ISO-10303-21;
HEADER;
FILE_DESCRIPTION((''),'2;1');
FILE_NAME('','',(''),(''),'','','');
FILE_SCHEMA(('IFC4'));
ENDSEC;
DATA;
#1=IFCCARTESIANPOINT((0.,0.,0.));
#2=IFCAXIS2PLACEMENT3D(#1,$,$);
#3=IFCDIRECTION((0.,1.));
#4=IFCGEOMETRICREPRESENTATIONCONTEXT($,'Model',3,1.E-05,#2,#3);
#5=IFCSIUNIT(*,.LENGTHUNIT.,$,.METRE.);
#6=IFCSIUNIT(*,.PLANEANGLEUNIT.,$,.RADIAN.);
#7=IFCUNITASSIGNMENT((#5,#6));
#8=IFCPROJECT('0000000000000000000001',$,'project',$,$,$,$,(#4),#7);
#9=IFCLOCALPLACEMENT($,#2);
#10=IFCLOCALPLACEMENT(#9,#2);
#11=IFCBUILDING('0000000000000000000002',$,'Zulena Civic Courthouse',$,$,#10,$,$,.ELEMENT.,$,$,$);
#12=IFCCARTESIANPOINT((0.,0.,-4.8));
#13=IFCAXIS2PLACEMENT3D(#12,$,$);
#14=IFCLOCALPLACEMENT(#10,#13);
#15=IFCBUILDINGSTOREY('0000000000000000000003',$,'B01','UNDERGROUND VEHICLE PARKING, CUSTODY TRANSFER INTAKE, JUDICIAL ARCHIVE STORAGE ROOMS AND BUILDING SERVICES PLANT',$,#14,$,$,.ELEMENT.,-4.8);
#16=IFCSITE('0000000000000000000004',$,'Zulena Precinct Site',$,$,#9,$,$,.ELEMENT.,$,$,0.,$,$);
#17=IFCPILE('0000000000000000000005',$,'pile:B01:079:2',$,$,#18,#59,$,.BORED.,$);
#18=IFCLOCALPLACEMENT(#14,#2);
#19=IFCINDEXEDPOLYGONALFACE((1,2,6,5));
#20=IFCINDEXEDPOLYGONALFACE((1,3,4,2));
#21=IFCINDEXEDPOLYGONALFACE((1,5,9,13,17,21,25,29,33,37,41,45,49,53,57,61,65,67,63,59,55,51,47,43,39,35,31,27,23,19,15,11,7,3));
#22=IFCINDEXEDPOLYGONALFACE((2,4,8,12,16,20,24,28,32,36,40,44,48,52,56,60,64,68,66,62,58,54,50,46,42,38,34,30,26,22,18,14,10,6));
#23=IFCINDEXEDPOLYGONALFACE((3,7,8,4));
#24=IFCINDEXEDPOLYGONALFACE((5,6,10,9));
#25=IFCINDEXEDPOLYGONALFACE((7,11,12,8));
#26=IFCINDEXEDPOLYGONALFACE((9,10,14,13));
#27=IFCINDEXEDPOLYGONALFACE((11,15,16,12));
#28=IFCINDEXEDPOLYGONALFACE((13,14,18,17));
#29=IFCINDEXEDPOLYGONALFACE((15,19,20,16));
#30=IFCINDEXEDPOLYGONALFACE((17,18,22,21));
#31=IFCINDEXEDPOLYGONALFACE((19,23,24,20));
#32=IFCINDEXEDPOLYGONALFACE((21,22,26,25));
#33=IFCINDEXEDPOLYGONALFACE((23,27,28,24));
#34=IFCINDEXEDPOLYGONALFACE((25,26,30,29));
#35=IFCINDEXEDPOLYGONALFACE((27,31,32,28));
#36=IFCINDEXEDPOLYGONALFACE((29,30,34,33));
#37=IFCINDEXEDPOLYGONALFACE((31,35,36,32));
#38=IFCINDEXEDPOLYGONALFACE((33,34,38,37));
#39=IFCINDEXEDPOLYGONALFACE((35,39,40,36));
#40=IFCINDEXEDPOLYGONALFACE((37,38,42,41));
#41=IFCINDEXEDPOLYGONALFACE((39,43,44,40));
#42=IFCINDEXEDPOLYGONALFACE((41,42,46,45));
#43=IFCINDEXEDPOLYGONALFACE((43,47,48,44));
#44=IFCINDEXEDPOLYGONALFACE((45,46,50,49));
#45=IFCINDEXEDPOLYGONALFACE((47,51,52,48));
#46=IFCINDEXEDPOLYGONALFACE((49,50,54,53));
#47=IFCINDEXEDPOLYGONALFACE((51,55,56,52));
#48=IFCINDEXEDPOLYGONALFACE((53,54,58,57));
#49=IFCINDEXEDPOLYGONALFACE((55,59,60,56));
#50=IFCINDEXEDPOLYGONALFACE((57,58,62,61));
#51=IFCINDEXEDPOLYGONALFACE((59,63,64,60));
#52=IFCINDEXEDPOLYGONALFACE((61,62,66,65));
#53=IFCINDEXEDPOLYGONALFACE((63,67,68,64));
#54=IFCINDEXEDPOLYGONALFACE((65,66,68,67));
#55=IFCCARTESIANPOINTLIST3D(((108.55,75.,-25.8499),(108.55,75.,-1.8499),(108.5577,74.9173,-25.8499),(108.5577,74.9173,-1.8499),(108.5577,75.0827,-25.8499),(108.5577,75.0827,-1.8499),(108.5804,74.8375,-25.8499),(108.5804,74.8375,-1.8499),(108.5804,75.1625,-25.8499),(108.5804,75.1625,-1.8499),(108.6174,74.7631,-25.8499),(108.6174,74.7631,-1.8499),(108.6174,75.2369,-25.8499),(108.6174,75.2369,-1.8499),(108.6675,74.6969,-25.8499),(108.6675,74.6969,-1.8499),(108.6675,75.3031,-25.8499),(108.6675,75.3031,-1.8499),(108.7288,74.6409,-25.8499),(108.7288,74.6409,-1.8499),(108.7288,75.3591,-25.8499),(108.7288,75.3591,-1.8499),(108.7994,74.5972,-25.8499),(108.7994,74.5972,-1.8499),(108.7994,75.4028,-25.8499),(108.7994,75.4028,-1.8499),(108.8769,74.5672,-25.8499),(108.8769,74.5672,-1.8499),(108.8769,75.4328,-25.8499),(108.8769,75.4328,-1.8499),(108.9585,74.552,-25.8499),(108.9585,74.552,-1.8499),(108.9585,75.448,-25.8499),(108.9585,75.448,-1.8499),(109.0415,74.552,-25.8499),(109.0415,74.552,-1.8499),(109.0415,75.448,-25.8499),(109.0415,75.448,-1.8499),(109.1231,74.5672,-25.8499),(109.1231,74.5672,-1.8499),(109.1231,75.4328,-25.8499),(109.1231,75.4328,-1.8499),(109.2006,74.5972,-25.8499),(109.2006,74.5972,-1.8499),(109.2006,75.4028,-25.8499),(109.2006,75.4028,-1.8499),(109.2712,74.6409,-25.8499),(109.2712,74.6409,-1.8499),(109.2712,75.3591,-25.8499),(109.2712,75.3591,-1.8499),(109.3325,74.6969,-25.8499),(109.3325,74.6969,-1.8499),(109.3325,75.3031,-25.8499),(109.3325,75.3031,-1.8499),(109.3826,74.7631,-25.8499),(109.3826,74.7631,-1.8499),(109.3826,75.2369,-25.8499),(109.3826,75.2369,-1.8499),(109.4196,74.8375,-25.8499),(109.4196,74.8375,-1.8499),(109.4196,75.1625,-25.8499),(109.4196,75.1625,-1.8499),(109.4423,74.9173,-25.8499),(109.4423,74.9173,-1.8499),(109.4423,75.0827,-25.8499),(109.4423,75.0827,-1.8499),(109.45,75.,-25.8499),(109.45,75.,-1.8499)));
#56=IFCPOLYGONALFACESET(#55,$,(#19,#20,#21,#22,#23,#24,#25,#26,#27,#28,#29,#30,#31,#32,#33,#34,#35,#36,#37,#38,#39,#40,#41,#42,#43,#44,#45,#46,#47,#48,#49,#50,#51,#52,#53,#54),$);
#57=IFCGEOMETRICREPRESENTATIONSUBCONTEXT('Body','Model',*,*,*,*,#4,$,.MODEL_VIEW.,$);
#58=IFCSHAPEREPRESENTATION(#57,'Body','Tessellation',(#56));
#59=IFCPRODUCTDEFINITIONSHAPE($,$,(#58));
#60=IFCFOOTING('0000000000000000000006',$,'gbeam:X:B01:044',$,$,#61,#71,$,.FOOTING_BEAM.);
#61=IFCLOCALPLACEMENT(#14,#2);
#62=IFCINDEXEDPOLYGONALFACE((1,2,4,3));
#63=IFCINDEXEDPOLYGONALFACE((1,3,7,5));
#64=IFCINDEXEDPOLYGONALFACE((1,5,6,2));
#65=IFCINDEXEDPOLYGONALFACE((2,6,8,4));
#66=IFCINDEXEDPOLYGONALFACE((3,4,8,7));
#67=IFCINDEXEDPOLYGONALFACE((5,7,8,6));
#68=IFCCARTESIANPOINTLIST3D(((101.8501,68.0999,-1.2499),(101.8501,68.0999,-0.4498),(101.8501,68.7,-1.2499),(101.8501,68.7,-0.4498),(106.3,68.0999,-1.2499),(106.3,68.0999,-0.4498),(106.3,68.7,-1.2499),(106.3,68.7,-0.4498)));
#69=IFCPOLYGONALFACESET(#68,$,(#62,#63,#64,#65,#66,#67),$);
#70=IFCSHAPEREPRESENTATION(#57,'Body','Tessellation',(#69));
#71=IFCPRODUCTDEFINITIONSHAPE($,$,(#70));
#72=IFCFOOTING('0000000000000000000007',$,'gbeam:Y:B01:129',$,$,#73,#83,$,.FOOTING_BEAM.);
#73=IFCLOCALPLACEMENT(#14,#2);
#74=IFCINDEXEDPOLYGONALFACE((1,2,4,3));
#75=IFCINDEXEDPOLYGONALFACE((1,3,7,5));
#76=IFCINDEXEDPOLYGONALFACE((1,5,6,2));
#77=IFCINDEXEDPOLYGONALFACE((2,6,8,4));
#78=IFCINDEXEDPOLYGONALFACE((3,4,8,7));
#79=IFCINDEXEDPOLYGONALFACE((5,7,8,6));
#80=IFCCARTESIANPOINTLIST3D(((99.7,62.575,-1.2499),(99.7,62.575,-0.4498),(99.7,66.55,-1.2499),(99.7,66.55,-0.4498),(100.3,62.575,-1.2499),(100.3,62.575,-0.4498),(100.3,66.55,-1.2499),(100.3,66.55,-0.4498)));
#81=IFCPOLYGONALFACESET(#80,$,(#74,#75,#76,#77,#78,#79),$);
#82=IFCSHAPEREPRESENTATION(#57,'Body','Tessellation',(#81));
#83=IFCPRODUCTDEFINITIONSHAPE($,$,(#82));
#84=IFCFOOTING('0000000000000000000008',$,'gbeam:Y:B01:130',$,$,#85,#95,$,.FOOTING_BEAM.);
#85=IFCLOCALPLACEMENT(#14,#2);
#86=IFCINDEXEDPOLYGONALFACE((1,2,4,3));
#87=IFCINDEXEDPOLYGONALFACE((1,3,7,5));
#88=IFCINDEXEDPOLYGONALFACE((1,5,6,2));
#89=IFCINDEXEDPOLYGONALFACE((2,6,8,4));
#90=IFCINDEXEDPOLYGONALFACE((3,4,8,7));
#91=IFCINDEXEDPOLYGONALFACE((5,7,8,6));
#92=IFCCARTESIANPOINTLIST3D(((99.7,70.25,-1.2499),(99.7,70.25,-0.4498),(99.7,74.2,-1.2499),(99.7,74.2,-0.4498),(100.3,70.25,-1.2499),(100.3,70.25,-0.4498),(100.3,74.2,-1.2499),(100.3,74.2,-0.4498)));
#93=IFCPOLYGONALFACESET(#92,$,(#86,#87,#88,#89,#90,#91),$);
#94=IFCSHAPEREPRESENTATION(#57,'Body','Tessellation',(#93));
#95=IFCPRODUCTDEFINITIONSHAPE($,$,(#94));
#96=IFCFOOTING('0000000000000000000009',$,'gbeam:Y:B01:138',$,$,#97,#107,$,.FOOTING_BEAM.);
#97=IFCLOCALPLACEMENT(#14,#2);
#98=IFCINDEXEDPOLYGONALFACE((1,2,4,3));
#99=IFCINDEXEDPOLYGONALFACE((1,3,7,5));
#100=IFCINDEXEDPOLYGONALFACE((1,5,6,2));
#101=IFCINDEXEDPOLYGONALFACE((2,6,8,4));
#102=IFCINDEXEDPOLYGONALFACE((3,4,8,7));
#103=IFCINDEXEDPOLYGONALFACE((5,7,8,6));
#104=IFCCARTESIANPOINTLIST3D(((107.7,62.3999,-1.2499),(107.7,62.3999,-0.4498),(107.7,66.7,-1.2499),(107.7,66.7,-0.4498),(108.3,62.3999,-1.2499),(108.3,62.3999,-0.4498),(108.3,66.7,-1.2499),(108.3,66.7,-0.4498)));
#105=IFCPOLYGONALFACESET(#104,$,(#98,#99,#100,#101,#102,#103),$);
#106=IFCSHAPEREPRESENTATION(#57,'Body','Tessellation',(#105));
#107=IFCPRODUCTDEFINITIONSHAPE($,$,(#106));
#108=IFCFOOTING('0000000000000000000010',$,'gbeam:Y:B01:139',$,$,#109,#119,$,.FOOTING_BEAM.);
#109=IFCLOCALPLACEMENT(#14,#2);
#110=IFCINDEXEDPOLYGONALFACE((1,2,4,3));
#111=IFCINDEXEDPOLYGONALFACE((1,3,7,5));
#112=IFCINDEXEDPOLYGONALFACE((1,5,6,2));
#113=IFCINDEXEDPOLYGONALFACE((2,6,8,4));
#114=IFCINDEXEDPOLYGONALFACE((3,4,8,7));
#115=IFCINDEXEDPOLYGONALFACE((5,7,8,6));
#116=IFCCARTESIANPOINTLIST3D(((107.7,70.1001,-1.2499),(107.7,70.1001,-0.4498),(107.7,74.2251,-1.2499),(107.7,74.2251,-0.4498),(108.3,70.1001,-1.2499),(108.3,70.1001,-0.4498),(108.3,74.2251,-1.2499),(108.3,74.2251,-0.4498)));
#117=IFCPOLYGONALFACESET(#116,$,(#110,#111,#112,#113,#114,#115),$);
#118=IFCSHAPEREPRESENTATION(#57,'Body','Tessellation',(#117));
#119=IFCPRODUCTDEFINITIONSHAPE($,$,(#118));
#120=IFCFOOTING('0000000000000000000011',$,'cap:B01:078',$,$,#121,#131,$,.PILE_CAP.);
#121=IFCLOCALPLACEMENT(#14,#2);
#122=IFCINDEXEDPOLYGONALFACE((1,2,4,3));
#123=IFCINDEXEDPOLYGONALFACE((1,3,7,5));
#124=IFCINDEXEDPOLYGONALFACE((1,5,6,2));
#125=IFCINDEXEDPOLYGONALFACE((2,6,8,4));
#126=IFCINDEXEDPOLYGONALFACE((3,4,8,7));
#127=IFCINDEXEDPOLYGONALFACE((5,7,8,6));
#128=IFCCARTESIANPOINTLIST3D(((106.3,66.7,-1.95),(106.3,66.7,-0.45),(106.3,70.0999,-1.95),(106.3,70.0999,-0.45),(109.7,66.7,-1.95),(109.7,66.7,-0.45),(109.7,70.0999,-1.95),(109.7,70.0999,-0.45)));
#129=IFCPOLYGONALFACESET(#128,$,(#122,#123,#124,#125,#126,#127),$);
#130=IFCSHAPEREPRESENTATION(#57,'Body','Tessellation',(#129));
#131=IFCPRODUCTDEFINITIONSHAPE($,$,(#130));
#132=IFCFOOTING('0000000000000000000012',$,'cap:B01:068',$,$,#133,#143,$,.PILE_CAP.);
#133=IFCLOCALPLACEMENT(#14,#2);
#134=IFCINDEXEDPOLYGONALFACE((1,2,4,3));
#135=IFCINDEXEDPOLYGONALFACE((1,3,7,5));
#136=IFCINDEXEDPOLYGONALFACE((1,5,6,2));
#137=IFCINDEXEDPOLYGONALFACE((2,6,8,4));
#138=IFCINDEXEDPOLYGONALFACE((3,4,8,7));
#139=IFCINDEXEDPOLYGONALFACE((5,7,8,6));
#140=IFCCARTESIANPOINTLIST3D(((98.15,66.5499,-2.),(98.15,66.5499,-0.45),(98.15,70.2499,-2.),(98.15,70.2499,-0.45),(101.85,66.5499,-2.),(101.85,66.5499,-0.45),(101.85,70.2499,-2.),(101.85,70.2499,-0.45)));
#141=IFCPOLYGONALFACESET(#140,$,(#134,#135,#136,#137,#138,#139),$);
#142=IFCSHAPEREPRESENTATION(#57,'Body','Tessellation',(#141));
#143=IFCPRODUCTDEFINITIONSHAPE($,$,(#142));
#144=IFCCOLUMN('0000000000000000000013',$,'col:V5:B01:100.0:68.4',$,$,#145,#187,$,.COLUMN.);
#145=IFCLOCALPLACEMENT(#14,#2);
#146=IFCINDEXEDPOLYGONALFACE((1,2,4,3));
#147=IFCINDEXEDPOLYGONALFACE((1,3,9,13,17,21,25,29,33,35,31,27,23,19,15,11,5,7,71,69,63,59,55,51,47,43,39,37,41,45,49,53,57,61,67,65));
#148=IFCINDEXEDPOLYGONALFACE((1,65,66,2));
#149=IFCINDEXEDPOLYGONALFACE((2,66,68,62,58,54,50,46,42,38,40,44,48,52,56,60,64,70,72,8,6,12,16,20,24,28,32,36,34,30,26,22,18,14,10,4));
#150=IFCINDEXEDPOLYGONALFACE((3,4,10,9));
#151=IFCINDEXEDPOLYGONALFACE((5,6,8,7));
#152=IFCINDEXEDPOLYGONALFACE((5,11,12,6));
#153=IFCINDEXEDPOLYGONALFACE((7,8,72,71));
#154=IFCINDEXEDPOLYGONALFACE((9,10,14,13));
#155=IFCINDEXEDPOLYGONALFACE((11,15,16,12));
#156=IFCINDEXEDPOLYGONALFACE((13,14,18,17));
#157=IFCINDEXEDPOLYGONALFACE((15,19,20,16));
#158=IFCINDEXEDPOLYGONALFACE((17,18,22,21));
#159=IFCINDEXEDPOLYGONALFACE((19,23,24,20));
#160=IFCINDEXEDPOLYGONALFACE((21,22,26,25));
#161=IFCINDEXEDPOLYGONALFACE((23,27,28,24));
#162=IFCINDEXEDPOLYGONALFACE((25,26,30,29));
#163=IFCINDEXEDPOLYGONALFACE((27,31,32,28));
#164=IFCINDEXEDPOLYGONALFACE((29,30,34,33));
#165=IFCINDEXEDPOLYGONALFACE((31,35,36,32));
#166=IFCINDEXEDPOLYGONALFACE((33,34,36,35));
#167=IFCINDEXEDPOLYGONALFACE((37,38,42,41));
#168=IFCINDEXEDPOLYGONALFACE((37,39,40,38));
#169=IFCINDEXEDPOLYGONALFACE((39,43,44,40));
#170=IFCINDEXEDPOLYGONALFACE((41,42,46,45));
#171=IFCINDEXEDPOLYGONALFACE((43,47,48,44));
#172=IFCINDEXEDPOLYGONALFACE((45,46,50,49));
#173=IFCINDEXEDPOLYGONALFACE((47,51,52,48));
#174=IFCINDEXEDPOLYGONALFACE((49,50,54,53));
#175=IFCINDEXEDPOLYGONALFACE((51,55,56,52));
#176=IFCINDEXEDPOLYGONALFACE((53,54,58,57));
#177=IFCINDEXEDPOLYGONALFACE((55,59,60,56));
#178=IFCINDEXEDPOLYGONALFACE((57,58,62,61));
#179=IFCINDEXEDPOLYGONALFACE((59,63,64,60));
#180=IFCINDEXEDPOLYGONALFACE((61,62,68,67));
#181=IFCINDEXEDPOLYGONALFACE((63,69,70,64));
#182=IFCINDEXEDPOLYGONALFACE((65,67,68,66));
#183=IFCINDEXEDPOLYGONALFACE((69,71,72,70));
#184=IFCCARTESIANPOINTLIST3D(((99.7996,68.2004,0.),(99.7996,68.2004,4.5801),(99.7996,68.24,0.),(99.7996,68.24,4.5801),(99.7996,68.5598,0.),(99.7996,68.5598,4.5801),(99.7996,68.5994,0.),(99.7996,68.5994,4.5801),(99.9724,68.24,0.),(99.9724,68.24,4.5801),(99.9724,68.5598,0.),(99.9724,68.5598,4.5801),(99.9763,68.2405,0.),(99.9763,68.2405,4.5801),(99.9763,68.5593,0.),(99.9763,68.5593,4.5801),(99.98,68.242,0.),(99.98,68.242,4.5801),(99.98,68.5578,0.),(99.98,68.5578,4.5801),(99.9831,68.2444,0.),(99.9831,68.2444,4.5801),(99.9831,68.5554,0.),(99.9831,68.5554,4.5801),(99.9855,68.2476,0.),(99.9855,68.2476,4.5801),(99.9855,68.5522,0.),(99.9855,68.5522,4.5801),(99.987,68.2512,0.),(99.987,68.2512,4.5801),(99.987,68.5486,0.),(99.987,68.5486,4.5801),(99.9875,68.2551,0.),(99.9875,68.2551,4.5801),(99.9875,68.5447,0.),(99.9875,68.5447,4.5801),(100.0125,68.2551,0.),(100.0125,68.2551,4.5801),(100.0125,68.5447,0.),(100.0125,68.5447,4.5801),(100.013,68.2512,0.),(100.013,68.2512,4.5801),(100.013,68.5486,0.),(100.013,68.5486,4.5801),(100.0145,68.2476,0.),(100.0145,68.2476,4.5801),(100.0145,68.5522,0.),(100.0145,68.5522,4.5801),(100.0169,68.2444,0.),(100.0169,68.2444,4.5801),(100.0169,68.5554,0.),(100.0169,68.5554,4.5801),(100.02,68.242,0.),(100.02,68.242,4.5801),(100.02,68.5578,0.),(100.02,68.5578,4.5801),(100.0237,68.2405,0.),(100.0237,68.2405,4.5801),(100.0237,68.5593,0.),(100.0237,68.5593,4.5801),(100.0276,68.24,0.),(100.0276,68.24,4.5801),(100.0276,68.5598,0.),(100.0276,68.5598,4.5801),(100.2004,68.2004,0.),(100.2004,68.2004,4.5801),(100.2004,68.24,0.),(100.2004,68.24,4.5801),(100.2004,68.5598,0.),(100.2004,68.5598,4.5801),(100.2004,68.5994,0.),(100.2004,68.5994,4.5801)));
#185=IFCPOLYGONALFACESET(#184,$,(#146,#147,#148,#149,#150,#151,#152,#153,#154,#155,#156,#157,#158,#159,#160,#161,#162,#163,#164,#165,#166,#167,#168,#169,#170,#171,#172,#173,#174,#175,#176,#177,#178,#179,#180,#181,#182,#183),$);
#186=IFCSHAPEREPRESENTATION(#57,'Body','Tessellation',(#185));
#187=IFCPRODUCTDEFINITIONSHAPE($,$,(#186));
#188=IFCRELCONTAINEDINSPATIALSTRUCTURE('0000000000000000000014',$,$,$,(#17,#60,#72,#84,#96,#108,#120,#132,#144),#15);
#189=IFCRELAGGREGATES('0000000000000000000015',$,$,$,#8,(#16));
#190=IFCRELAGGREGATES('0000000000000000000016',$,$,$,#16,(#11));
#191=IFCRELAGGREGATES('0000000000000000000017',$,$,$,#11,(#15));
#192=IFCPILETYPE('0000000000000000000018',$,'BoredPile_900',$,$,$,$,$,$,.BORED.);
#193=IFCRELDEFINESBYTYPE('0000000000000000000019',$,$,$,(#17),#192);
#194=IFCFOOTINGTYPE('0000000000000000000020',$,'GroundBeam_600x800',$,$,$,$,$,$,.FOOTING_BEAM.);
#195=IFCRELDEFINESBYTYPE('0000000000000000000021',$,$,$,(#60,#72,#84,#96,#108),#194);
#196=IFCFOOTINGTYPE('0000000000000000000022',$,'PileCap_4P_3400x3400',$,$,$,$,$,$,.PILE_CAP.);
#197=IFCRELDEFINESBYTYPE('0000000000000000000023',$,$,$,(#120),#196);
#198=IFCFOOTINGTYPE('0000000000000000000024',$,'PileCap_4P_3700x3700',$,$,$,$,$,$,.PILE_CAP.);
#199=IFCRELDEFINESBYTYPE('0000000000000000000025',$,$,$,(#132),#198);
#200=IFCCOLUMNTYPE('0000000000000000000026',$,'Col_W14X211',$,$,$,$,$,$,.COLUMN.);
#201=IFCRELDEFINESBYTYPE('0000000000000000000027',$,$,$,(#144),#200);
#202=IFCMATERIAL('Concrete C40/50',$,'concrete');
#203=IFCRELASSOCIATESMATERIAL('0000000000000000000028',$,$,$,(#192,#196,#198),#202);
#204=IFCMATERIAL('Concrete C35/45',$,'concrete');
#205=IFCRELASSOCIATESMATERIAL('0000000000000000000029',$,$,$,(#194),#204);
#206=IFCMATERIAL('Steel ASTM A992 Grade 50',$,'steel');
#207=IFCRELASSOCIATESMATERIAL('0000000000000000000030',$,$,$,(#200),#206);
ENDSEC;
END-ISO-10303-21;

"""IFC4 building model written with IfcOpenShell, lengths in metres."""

from ifc_helpers import new_model, si_unit, direction, frame, origin, origin_2d, place, context, subcontext, project, spatial, rectangle, circle, i_section, extrude, material, material_profile, profile_set, type_object, element, save


model = new_model("IFC4")

# Units and contexts
model_context = context("Model", 3, precision=1e-05, world=origin(), true_north=direction((0.0, 1.0)))
body_context = subcontext(model_context, "Body", "Model", "MODEL_VIEW")
ifc_project = project(units=[si_unit("LENGTHUNIT", "METRE"), si_unit("PLANEANGLEUNIT", "RADIAN")], contexts=[model_context])

# Site, building, storey
site_placement = place(None, origin())
site = spatial("IfcSite", under=ifc_project, at=site_placement, Name="Zulena Precinct Site", CompositionType="ELEMENT", RefElevation=0.0)
building_placement = place(site_placement, origin())
building = spatial("IfcBuilding", under=site, at=building_placement, Name="Zulena Civic Courthouse", CompositionType="ELEMENT")
storey_placement = place(building_placement, frame((0.0, 0.0, -4.8)))
storey = spatial("IfcBuildingStorey", under=building, at=storey_placement, Name="B01", Description="UNDERGROUND VEHICLE PARKING, CUSTODY TRANSFER INTAKE, JUDICIAL ARCHIVE STORAGE ROOMS AND BUILDING SERVICES PLANT", CompositionType="ELEMENT", Elevation=-4.8)

# Pile
ifc_material_1 = material(Name="Concrete C40/50", Category="concrete")
ifc_material_profile_1 = material_profile(ifc_material_1, circle(Radius=0.45, at=origin_2d()), Name="PILE900")
ifc_profile_set_1 = profile_set([ifc_material_profile_1], Name="Concrete C40/50")
pile_type = type_object("IfcPileType", Name="BoredPile_900", PredefinedType="BORED", material=ifc_profile_set_1)
for number, where, z_axis, x_axis, name in (
    (1, (109.0, 75.0, -1.8499), (0.0, 0.0, -1.0), (1.0, 0.0, 0.0), "pile:B01:079:2"),
):
    element("IfcPile", number, at=place(storey_placement, frame(where, z_axis=z_axis, x_axis=x_axis)), inside=storey, type_object=pile_type, Name=name, PredefinedType="BORED", context=body_context, shape_type="SweptSolid", body=[
        extrude(circle(Radius=0.45, at=origin_2d()), origin(), (0.0, 0.0, 1.0), 24.0),
    ])

# Footings
ifc_material_2 = material(Name="Concrete C35/45", Category="concrete")
ifc_material_profile_2 = material_profile(ifc_material_2, rectangle(XDim=0.6001, YDim=0.8, at=origin_2d()), Name="RC600X800")
ifc_profile_set_2 = profile_set([ifc_material_profile_2], Name="Concrete C35/45")
footing_type_1 = type_object("IfcFootingType", Name="GroundBeam_600x800", PredefinedType="FOOTING_BEAM", material=ifc_profile_set_2)
footing_1_placement = place(storey_placement, frame((101.8501, 68.3999, -0.8499), z_axis=(1.0, 0.0, 0.0), x_axis=(0.0, 1.0, 0.0)))
element("IfcFooting", 2, at=footing_1_placement, inside=storey, type_object=footing_type_1, Name="gbeam:X:B01:044", PredefinedType="FOOTING_BEAM", context=body_context, shape_type="SweptSolid", body=[
    extrude(rectangle(XDim=0.6001, YDim=0.8, at=origin_2d()), origin(), (0.0, 0.0, 1.0), 4.45),
])
footing_2_placement = place(storey_placement, frame((100.0, 62.575, -0.8499), z_axis=(0.0, 1.0, 0.0), x_axis=(-1.0, 0.0, 0.0)))
element("IfcFooting", 3, at=footing_2_placement, inside=storey, type_object=footing_type_1, Name="gbeam:Y:B01:129", PredefinedType="FOOTING_BEAM", context=body_context, shape_type="SweptSolid", body=[
    extrude(rectangle(XDim=0.6001, YDim=0.8, at=origin_2d()), origin(), (0.0, 0.0, 1.0), 3.9751),
])
footing_3_placement = place(storey_placement, frame((100.0, 70.25, -0.8499), z_axis=(0.0, 1.0, 0.0), x_axis=(-1.0, 0.0, 0.0)))
element("IfcFooting", 4, at=footing_3_placement, inside=storey, type_object=footing_type_1, Name="gbeam:Y:B01:130", PredefinedType="FOOTING_BEAM", context=body_context, shape_type="SweptSolid", body=[
    extrude(rectangle(XDim=0.6001, YDim=0.8, at=origin_2d()), origin(), (0.0, 0.0, 1.0), 3.95),
])
footing_4_placement = place(storey_placement, frame((108.0, 62.3999, -0.8499), z_axis=(0.0, 1.0, 0.0), x_axis=(-1.0, 0.0, 0.0)))
element("IfcFooting", 5, at=footing_4_placement, inside=storey, type_object=footing_type_1, Name="gbeam:Y:B01:138", PredefinedType="FOOTING_BEAM", context=body_context, shape_type="SweptSolid", body=[
    extrude(rectangle(XDim=0.6001, YDim=0.8, at=origin_2d()), origin(), (0.0, 0.0, 1.0), 4.3),
])
footing_5_placement = place(storey_placement, frame((108.0, 70.1001, -0.8499), z_axis=(0.0, 1.0, 0.0), x_axis=(-1.0, 0.0, 0.0)))
element("IfcFooting", 6, at=footing_5_placement, inside=storey, type_object=footing_type_1, Name="gbeam:Y:B01:139", PredefinedType="FOOTING_BEAM", context=body_context, shape_type="SweptSolid", body=[
    extrude(rectangle(XDim=0.6001, YDim=0.8, at=origin_2d()), origin(), (0.0, 0.0, 1.0), 4.125),
])
footing_type_2 = type_object("IfcFootingType", Name="PileCap_4P_3400x3400", PredefinedType="PILE_CAP", material=ifc_material_1)
footing_6_placement = place(storey_placement, frame((108.0, 68.3999, -1.95), z_axis=(0.0, 0.0, 1.0), x_axis=(1.0, 0.0, 0.0)))
element("IfcFooting", 7, at=footing_6_placement, inside=storey, type_object=footing_type_2, Name="cap:B01:078", PredefinedType="PILE_CAP", context=body_context, shape_type="SweptSolid", body=[
    extrude(rectangle(XDim=3.3999, YDim=3.3999, at=origin_2d()), origin(), (0.0, 0.0, 1.0), 1.5),
])
footing_type_3 = type_object("IfcFootingType", Name="PileCap_4P_3700x3700", PredefinedType="PILE_CAP", material=ifc_material_1)
footing_7_placement = place(storey_placement, frame((100.0, 68.3999, -2.0), z_axis=(0.0, 0.0, 1.0), x_axis=(1.0, 0.0, 0.0)))
element("IfcFooting", 8, at=footing_7_placement, inside=storey, type_object=footing_type_3, Name="cap:B01:068", PredefinedType="PILE_CAP", context=body_context, shape_type="SweptSolid", body=[
    extrude(rectangle(XDim=3.7, YDim=3.7, at=origin_2d()), origin(), (0.0, 0.0, 1.0), 1.55),
])

# Column
ifc_material_3 = material(Name="Steel ASTM A992 Grade 50", Category="steel")
ifc_material_profile_3 = material_profile(ifc_material_3, i_section(OverallWidth=0.4009, OverallDepth=0.3989, WebThickness=0.0249, FlangeThickness=0.0396, FilletRadius=0.0151, at=origin_2d()), Name="W14X211")
ifc_profile_set_3 = profile_set([ifc_material_profile_3], Name="Steel ASTM A992 Grade 50")
column_type_1 = type_object("IfcColumnType", Name="Col_W14X211", PredefinedType="COLUMN", material=ifc_profile_set_3)
for number, where, z_axis, x_axis, name in (
    (9, (100.0, 68.3999, 0.0), (0.0, 0.0, 1.0), (1.0, 0.0, 0.0), "col:V5:B01:100.0:68.4"),
):
    element("IfcColumn", number, at=place(storey_placement, frame(where, z_axis=z_axis, x_axis=x_axis)), inside=storey, type_object=column_type_1, Name=name, PredefinedType="COLUMN", context=body_context, shape_type="SweptSolid", body=[
        extrude(i_section(OverallWidth=0.4009, OverallDepth=0.3989, WebThickness=0.0249, FlangeThickness=0.0396, FilletRadius=0.0151, at=origin_2d()), origin(), (0.0, 0.0, 1.0), 4.5801),
    ])

save(model, "model.ifc")
